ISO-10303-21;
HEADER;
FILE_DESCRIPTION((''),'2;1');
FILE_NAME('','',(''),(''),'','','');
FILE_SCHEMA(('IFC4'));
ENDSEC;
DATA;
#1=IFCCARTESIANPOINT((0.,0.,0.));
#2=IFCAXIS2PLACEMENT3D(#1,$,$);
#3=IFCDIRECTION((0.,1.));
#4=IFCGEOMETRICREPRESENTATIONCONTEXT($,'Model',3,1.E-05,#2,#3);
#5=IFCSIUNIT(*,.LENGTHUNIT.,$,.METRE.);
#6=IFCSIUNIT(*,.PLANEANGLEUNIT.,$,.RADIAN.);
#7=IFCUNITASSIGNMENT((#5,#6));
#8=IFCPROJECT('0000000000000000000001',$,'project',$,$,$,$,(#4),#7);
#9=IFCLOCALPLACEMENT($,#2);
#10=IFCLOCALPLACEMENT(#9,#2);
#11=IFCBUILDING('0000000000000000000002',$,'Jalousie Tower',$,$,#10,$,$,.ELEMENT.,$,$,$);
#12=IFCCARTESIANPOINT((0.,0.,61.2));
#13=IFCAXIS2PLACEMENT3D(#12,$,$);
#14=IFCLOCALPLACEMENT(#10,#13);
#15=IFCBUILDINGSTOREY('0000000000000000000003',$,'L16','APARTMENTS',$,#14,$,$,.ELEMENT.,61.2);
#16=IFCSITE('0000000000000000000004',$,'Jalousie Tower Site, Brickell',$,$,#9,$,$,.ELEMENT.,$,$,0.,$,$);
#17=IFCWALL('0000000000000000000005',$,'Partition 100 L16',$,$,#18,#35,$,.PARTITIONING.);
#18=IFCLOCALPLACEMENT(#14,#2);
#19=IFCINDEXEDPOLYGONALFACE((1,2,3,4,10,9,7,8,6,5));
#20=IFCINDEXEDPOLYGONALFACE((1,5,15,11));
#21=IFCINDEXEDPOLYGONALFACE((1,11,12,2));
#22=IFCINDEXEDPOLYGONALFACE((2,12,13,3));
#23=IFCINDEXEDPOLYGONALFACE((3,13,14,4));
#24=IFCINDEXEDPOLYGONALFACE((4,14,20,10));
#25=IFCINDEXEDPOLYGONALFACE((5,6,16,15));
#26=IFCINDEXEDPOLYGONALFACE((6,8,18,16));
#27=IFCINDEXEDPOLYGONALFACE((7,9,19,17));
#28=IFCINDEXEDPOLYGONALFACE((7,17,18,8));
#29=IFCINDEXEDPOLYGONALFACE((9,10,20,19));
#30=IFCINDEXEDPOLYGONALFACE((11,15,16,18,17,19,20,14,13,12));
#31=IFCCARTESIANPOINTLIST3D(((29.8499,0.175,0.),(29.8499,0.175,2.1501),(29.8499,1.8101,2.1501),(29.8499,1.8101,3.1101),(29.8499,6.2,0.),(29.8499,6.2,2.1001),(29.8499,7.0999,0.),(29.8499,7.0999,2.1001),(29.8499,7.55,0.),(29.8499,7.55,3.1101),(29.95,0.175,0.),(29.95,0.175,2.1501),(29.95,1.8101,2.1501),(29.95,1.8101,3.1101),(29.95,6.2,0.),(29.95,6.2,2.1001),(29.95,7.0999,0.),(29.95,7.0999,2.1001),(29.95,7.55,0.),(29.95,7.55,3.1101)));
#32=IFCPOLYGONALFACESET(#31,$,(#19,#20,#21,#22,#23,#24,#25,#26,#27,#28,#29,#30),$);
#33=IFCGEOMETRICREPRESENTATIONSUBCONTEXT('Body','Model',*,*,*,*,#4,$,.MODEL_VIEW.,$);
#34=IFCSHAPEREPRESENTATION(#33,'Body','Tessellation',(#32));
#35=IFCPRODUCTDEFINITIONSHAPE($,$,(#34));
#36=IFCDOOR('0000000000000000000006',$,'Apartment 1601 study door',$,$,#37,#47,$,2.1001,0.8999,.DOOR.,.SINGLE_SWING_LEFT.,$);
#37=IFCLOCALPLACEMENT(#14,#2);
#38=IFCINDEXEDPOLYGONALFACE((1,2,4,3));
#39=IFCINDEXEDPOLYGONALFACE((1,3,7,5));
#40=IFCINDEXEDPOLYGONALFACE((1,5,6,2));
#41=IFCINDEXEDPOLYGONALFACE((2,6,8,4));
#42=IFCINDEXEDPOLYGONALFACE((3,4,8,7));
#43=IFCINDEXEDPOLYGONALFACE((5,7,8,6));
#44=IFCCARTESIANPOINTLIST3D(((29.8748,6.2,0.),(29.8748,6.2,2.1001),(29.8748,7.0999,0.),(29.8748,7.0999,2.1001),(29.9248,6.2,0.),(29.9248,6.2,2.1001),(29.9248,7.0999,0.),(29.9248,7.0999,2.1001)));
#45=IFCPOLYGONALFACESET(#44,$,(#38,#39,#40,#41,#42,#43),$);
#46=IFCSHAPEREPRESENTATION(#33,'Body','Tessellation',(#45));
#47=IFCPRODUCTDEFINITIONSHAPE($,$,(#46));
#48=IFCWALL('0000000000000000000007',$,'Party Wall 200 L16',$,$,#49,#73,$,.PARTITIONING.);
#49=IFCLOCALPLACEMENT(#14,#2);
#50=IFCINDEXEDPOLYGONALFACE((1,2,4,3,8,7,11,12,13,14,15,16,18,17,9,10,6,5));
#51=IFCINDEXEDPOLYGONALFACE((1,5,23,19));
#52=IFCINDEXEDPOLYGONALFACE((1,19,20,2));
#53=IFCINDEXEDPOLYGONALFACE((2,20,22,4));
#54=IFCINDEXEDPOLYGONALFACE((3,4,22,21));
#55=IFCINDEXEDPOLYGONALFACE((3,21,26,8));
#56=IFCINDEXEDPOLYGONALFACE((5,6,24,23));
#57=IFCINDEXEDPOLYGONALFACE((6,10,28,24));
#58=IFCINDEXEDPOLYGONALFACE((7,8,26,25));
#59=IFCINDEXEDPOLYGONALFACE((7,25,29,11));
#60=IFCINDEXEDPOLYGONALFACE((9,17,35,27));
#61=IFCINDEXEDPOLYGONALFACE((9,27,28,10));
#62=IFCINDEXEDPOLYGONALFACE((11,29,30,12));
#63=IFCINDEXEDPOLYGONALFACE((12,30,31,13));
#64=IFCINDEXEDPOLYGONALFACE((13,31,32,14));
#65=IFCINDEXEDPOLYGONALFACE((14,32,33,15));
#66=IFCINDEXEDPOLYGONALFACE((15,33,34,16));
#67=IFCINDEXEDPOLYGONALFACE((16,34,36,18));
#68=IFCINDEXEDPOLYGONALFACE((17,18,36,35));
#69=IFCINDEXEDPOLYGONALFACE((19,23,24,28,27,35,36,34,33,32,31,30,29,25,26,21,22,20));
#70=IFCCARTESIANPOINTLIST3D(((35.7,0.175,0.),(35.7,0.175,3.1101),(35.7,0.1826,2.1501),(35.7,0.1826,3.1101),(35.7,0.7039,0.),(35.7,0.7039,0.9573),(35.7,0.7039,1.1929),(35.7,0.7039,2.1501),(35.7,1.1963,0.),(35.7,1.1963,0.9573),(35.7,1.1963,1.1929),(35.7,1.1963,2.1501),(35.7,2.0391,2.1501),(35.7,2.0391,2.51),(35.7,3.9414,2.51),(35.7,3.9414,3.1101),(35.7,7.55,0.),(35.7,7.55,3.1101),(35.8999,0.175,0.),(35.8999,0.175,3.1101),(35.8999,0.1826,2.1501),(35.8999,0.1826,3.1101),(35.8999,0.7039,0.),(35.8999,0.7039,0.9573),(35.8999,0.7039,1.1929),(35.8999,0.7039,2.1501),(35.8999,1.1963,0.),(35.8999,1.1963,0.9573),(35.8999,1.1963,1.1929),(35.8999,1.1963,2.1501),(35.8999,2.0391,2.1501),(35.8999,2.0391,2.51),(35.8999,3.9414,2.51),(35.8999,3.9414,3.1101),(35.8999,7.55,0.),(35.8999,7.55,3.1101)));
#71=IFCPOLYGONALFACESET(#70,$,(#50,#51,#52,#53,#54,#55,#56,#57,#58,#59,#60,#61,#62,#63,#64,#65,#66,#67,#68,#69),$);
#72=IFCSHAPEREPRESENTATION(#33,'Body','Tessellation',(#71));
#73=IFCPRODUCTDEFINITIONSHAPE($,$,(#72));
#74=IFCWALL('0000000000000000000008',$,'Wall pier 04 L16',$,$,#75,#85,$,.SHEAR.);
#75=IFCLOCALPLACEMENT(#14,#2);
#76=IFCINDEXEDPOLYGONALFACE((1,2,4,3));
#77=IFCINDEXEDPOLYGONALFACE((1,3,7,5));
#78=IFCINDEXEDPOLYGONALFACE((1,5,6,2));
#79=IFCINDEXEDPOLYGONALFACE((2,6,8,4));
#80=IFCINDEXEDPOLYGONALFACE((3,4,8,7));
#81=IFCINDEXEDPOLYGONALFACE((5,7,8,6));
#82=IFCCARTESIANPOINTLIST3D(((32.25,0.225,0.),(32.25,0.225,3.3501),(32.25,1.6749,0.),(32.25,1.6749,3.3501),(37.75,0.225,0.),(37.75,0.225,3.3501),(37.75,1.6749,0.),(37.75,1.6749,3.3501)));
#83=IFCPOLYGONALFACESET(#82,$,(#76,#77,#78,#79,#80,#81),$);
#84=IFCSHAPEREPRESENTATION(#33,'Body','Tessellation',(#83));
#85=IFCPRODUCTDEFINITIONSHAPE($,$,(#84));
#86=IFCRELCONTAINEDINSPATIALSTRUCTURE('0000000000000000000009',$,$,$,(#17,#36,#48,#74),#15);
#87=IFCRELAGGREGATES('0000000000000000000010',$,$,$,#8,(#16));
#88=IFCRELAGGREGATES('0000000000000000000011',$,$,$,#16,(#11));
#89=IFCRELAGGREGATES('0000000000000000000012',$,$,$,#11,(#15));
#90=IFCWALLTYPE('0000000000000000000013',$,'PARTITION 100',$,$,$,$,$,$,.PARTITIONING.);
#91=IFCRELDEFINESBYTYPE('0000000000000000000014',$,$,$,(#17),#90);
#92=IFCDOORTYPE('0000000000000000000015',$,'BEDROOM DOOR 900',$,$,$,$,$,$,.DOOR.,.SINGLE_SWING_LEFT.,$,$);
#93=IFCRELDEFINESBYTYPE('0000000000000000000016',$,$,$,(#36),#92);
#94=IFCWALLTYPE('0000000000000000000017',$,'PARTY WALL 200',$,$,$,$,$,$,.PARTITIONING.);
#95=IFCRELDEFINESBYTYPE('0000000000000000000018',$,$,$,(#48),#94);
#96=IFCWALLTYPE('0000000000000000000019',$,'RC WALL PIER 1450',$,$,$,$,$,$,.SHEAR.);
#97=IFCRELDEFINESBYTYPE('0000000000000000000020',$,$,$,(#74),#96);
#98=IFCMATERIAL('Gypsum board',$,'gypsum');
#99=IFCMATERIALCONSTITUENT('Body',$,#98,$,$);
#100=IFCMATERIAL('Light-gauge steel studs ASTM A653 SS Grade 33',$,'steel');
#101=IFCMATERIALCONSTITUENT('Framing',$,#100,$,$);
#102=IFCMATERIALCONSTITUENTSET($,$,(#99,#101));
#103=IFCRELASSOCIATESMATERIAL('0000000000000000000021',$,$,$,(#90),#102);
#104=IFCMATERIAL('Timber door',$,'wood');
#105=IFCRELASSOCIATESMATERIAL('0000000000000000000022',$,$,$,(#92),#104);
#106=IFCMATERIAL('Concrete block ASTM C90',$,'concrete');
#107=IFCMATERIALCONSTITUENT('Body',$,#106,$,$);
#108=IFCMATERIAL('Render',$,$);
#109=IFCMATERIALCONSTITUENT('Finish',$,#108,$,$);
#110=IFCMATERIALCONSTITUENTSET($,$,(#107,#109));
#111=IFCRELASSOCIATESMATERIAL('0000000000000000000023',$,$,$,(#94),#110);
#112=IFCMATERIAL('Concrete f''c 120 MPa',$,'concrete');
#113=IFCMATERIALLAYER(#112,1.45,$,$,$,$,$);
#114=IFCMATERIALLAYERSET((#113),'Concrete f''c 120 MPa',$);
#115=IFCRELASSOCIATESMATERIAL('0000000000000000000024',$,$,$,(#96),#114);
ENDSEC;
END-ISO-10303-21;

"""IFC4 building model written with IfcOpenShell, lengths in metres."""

from ifc_helpers import new_model, si_unit, direction, frame, frame_2d, origin, place, context, subcontext, project, spatial, polyline, rectangle, outline, extrude, material, layer, layer_set, constituent, constituent_set, type_object, element, fill, save


model = new_model("IFC4")

# Units and contexts
model_context = context("Model", 3, precision=1e-05, world=origin(), true_north=direction((0.0, 1.0)))
body_context = subcontext(model_context, "Body", "Model", "MODEL_VIEW")
ifc_project = project(units=[si_unit("LENGTHUNIT", "METRE"), si_unit("PLANEANGLEUNIT", "RADIAN")], contexts=[model_context])

# Site, building, storey
site_placement = place(None, origin())
site = spatial("IfcSite", under=ifc_project, at=site_placement, Name="Jalousie Tower Site, Brickell", CompositionType="ELEMENT", RefElevation=0.0)
building_placement = place(site_placement, origin())
building = spatial("IfcBuilding", under=site, at=building_placement, Name="Jalousie Tower", CompositionType="ELEMENT")
storey_placement = place(building_placement, frame((0.0, 0.0, 61.2)))
storey = spatial("IfcBuildingStorey", under=building, at=storey_placement, Name="L16", Description="APARTMENTS", CompositionType="ELEMENT", Elevation=61.2)

# Wall, opening, door
ifc_material_1 = material(Name="Gypsum board", Category="gypsum")
ifc_constituent_1 = constituent(ifc_material_1, Name="Body")
ifc_material_2 = material(Name="Light-gauge steel studs ASTM A653 SS Grade 33", Category="steel")
ifc_constituent_2 = constituent(ifc_material_2, Name="Framing")
ifc_constituent_set_1 = constituent_set(constituents=[ifc_constituent_1, ifc_constituent_2])
wall_type_1 = type_object("IfcWallType", Name="PARTITION 100", PredefinedType="PARTITIONING", material=ifc_constituent_set_1)
wall_1_placement = place(storey_placement, frame((29.8999, 0.175, 0.0), z_axis=(0.0, 0.0, 1.0), x_axis=(0.0, 1.0, 0.0)))
wall_1 = element("IfcWall", 1, at=wall_1_placement, inside=storey, type_object=wall_type_1, Name="Partition 100 L16", PredefinedType="PARTITIONING", context=body_context, shape_type="SweptSolid", body=[
    extrude(outline(polyline([(0.0, 0.0), (7.375, 0.0), (7.375, 3.1101), (1.635, 3.1101), (1.635, 2.1501), (0.0, 2.1501), (0.0, 3.1101), (0.0, 0.0)])), frame((0.0, 0.05, 0.0), z_axis=(0.0, -1.0, 0.0), x_axis=(1.0, 0.0, 0.0)), (0.0, 0.0, 1.0), 0.1001),
])
opening_1_placement = place(wall_1_placement, frame((6.0249, 0.0, 0.0)))
opening_1 = element("IfcOpeningElement", 2, at=opening_1_placement, cuts=wall_1, PredefinedType="OPENING", context=body_context, shape_type="SweptSolid", body=[
    extrude(rectangle(XDim=0.8999, YDim=2.1001, at=frame_2d((0.45, 1.05))), frame((0.0, 0.0601, 0.0), z_axis=(0.0, -1.0, 0.0), x_axis=(1.0, 0.0, 0.0)), (0.0, 0.0, 1.0), 0.1201),
])
ifc_material_3 = material(Name="Timber door", Category="wood")
door_type = type_object("IfcDoorType", Name="BEDROOM DOOR 900", OperationType="SINGLE_SWING_LEFT", PredefinedType="DOOR", material=ifc_material_3)
door_placement = place(opening_1_placement, frame((0.8999, 0.0, 0.0), z_axis=(0.0, 0.0, 1.0), x_axis=(-1.0, 0.0, 0.0)))
door = element("IfcDoor", 3, at=door_placement, inside=storey, type_object=door_type, Name="Apartment 1601 study door", OperationType="SINGLE_SWING_LEFT", OverallHeight=2.1001, OverallWidth=0.8999, PredefinedType="DOOR", context=body_context, shape_type="SweptSolid", body=[
    extrude(rectangle(XDim=0.8999, YDim=2.1001, at=frame_2d((0.45, 1.05))), frame((0.0, 0.0249, 0.0), z_axis=(0.0, -1.0, 0.0), x_axis=(1.0, 0.0, 0.0)), (0.0, 0.0, 1.0), 0.05),
])
fill(opening_1, door)

# Walls
ifc_material_4 = material(Name="Concrete block ASTM C90", Category="concrete")
ifc_constituent_3 = constituent(ifc_material_4, Name="Body")
ifc_material_5 = material(Name="Render")
ifc_constituent_4 = constituent(ifc_material_5, Name="Finish")
ifc_constituent_set_2 = constituent_set(constituents=[ifc_constituent_3, ifc_constituent_4])
wall_type_2 = type_object("IfcWallType", Name="PARTY WALL 200", PredefinedType="PARTITIONING", material=ifc_constituent_set_2)
wall_2_placement = place(storey_placement, frame((35.8, 0.175, 0.0), z_axis=(0.0, 0.0, 1.0), x_axis=(0.0, 1.0, 0.0)))
element("IfcWall", 4, at=wall_2_placement, inside=storey, type_object=wall_type_2, Name="Party Wall 200 L16", PredefinedType="PARTITIONING", context=body_context, shape_type="SweptSolid", body=[
    extrude(outline(polyline([(0.0076, 3.1101), (0.0, 3.1101), (0.0, 0.0), (0.5288, 0.0), (0.5288, 0.9573), (1.0212, 0.9573), (1.0212, 0.0), (7.375, 0.0), (7.375, 3.1101), (3.7664, 3.1101), (3.7664, 2.51), (1.864, 2.51), (1.864, 2.1501), (1.0212, 2.1501), (1.0212, 1.1929), (0.5288, 1.1929), (0.5288, 2.1501), (0.0076, 2.1501), (0.0076, 3.1101)])), frame((0.0, 0.1001, 0.0), z_axis=(0.0, -1.0, 0.0), x_axis=(1.0, 0.0, 0.0)), (0.0, 0.0, 1.0), 0.2),
])
ifc_material_6 = material(Name="Concrete f'c 120 MPa", Category="concrete")
ifc_layer_1 = layer(ifc_material_6, 1.45)
ifc_layer_set_1 = layer_set([ifc_layer_1], Name="Concrete f'c 120 MPa")
wall_type_3 = type_object("IfcWallType", Name="RC WALL PIER 1450", PredefinedType="SHEAR", material=ifc_layer_set_1)
wall_3_placement = place(storey_placement, frame((32.25, 0.95, 0.0), z_axis=(0.0, 0.0, 1.0), x_axis=(1.0, 0.0, 0.0)))
element("IfcWall", 5, at=wall_3_placement, inside=storey, type_object=wall_type_3, Name="Wall pier 04 L16", PredefinedType="SHEAR", context=body_context, shape_type="SweptSolid", body=[
    extrude(rectangle(XDim=5.5, YDim=1.45, at=frame_2d((2.75, 0.0))), origin(), (0.0, 0.0, 1.0), 3.3501),
])

save(model, "model.ifc")
